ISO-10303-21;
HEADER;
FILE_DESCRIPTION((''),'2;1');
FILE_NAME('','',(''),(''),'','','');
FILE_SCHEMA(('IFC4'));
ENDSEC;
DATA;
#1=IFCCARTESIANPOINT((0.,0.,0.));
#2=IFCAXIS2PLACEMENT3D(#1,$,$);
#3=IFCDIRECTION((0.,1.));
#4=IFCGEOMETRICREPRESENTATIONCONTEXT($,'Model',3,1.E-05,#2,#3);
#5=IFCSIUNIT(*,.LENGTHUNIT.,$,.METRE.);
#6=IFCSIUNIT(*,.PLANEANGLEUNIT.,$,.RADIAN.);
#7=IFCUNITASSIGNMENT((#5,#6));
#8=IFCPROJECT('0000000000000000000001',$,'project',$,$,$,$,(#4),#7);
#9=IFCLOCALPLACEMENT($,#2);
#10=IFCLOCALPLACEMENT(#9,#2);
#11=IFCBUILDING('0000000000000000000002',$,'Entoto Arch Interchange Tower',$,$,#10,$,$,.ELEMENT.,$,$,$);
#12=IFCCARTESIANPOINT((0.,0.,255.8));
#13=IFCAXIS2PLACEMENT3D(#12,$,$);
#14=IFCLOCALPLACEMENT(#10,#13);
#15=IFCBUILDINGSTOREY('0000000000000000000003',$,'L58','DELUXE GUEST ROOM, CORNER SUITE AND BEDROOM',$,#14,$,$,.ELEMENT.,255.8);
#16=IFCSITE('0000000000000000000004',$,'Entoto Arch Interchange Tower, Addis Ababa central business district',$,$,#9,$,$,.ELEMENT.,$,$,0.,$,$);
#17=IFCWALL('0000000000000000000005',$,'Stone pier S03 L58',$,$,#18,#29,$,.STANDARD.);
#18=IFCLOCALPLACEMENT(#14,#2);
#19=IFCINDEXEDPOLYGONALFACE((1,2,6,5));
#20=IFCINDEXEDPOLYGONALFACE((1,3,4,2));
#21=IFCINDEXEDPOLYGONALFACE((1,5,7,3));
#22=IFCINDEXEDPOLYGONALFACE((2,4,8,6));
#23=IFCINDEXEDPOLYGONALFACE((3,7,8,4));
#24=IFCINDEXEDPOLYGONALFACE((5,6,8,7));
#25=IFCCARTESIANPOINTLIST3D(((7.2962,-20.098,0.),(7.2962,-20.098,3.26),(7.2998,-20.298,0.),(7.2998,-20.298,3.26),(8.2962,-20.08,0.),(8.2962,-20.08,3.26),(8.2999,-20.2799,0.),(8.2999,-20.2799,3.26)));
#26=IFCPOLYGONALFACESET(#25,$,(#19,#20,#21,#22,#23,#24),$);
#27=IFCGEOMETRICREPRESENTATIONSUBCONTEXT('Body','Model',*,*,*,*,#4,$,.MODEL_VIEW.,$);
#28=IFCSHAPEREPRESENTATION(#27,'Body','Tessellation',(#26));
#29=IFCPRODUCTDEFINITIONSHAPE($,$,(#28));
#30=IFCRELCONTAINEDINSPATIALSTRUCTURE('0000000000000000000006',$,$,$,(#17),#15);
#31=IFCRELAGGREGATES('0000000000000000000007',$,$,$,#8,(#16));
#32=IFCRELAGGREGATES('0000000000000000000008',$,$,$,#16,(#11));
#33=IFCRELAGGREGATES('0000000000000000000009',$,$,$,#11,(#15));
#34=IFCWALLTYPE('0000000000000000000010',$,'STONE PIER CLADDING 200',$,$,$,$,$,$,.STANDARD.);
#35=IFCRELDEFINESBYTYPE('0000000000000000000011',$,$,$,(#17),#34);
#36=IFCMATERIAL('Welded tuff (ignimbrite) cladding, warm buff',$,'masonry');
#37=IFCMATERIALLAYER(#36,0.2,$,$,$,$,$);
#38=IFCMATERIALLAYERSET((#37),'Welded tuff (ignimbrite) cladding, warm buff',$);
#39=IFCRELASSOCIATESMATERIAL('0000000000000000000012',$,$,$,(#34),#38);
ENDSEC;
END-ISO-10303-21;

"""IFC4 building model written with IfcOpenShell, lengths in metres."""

from ifc_helpers import new_model, si_unit, direction, frame, frame_2d, origin, place, context, subcontext, project, spatial, rectangle, extrude, material, layer, layer_set, type_object, element, save


model = new_model("IFC4")

# Units and contexts
model_context = context("Model", 3, precision=1e-05, world=origin(), true_north=direction((0.0, 1.0)))
body_context = subcontext(model_context, "Body", "Model", "MODEL_VIEW")
ifc_project = project(units=[si_unit("LENGTHUNIT", "METRE"), si_unit("PLANEANGLEUNIT", "RADIAN")], contexts=[model_context])

# Site, building, storey
site_placement = place(None, origin())
site = spatial("IfcSite", under=ifc_project, at=site_placement, Name="Entoto Arch Interchange Tower, Addis Ababa central business district", CompositionType="ELEMENT", RefElevation=0.0)
building_placement = place(site_placement, origin())
building = spatial("IfcBuilding", under=site, at=building_placement, Name="Entoto Arch Interchange Tower", CompositionType="ELEMENT")
storey_placement = place(building_placement, frame((0.0, 0.0, 255.8)))
storey = spatial("IfcBuildingStorey", under=building, at=storey_placement, Name="L58", Description="DELUXE GUEST ROOM, CORNER SUITE AND BEDROOM", CompositionType="ELEMENT", Elevation=255.8)

# Shared definitions
ifc_material_1 = material(Name="Welded tuff (ignimbrite) cladding, warm buff", Category="masonry")

# Wall
ifc_layer_1 = layer(ifc_material_1, 0.2)
ifc_layer_set_1 = layer_set([ifc_layer_1], Name="Welded tuff (ignimbrite) cladding, warm buff")
wall_type_1 = type_object("IfcWallType", Name="STONE PIER CLADDING 200", PredefinedType="STANDARD", material=ifc_layer_set_1)
wall_1_placement = place(storey_placement, frame((7.2981, -20.198, 0.0), z_axis=(0.0, 0.0, 1.0), x_axis=(0.999837, 0.018063, 0.0)))
element("IfcWall", 1, at=wall_1_placement, inside=storey, type_object=wall_type_1, Name="Stone pier S03 L58", PredefinedType="STANDARD", context=body_context, shape_type="SweptSolid", body=[
    extrude(rectangle(XDim=1.0002, YDim=0.2, at=frame_2d((0.5, 0.0))), origin(), (0.0, 0.0, 1.0), 3.26),
])

save(model, "model.ifc")
